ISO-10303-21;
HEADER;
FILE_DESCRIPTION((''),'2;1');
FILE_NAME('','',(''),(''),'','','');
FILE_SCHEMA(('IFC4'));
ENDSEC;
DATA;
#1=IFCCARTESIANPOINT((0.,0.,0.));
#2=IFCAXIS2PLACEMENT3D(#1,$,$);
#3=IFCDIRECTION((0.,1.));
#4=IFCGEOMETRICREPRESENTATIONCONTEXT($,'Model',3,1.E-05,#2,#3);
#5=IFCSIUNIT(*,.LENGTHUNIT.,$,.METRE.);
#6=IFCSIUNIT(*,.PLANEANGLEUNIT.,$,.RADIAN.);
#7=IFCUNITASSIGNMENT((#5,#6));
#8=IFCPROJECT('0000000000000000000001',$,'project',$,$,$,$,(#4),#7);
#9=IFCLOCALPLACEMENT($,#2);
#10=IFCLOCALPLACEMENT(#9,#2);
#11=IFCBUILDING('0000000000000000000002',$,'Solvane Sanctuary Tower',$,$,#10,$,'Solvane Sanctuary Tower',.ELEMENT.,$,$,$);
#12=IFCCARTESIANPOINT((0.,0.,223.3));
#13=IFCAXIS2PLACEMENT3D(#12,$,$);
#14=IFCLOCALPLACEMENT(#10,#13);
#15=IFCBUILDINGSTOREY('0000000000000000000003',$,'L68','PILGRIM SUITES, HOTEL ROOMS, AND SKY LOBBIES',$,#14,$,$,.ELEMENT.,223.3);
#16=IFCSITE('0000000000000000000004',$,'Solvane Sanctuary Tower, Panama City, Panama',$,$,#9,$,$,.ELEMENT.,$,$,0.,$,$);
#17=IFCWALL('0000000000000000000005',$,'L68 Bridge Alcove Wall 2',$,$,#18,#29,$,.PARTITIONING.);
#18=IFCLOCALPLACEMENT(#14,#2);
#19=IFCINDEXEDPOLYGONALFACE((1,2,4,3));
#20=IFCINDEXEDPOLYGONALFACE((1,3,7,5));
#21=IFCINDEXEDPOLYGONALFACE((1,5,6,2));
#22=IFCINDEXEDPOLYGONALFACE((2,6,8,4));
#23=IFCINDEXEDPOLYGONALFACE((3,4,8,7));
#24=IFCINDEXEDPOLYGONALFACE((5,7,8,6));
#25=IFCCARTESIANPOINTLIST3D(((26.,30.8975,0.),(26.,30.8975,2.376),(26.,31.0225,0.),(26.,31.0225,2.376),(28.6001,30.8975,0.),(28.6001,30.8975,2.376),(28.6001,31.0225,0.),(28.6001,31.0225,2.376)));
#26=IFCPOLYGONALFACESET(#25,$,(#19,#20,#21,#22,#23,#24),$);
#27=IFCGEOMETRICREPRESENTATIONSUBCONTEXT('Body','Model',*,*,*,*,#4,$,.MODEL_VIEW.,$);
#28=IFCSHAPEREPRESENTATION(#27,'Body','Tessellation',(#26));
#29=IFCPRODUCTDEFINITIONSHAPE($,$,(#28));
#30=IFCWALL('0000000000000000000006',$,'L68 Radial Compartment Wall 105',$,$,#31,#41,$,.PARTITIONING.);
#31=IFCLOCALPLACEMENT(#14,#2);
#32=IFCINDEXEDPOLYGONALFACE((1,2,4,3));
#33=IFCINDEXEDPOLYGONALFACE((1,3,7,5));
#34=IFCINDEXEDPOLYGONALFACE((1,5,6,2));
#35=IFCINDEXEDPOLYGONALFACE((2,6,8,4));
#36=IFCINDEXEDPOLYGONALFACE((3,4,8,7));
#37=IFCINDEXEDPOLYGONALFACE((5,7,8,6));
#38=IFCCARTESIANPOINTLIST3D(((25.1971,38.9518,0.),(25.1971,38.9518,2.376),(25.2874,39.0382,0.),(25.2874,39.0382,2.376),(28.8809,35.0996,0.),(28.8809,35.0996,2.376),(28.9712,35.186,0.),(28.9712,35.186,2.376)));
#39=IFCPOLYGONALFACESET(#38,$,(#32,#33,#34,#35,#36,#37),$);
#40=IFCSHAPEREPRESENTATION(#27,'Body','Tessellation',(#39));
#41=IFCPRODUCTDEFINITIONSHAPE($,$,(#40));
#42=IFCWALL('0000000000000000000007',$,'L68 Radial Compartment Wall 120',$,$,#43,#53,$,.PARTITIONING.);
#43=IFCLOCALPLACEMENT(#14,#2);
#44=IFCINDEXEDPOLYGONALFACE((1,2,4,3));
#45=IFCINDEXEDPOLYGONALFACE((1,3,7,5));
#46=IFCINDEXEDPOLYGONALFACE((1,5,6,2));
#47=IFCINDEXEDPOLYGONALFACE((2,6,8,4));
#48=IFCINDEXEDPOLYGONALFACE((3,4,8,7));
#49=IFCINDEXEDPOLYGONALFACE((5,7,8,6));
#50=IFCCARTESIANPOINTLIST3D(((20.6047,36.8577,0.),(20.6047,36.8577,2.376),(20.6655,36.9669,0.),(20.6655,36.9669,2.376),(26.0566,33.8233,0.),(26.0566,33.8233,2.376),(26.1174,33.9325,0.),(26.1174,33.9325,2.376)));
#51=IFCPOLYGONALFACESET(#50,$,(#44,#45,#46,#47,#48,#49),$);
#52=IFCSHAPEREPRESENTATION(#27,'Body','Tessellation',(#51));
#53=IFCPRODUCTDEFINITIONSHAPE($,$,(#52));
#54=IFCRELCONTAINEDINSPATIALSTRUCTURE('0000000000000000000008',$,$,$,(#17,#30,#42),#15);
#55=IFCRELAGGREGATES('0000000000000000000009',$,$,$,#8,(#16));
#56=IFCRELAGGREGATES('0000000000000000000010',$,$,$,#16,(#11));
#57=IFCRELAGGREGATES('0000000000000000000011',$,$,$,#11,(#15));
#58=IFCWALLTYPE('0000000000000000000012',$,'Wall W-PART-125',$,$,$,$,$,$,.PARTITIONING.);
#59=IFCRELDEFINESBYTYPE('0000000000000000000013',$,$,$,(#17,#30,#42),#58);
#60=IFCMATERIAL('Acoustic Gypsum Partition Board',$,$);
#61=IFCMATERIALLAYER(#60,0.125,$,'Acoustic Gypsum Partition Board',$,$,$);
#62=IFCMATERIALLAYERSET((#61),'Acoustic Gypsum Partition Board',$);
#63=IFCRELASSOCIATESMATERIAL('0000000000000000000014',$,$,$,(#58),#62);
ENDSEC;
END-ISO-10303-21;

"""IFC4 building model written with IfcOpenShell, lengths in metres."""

from ifc_helpers import new_model, si_unit, direction, frame, frame_2d, origin, place, context, subcontext, project, spatial, rectangle, extrude, material, layer, layer_set, type_object, element, save


model = new_model("IFC4")

# Units and contexts
model_context = context("Model", 3, precision=1e-05, world=origin(), true_north=direction((0.0, 1.0)))
body_context = subcontext(model_context, "Body", "Model", "MODEL_VIEW")
ifc_project = project(units=[si_unit("LENGTHUNIT", "METRE"), si_unit("PLANEANGLEUNIT", "RADIAN")], contexts=[model_context])

# Site, building, storey
site_placement = place(None, origin())
site = spatial("IfcSite", under=ifc_project, at=site_placement, Name="Solvane Sanctuary Tower, Panama City, Panama", CompositionType="ELEMENT", RefElevation=0.0)
building_placement = place(site_placement, origin())
building = spatial("IfcBuilding", under=site, at=building_placement, Name="Solvane Sanctuary Tower", LongName="Solvane Sanctuary Tower", CompositionType="ELEMENT")
storey_placement = place(building_placement, frame((0.0, 0.0, 223.3)))
storey = spatial("IfcBuildingStorey", under=building, at=storey_placement, Name="L68", Description="PILGRIM SUITES, HOTEL ROOMS, AND SKY LOBBIES", CompositionType="ELEMENT", Elevation=223.3)

# Shared definitions
ifc_material_1 = material(Name="Acoustic Gypsum Partition Board")

# Walls
ifc_layer_1 = layer(ifc_material_1, 0.125, Name="Acoustic Gypsum Partition Board")
ifc_layer_set_1 = layer_set([ifc_layer_1], Name="Acoustic Gypsum Partition Board")
wall_type_1 = type_object("IfcWallType", Name="Wall W-PART-125", PredefinedType="PARTITIONING", material=ifc_layer_set_1)
wall_1_placement = place(storey_placement, frame((26.0, 30.96, 0.0), z_axis=(0.0, 0.0, 1.0), x_axis=(1.0, 0.0, 0.0)))
element("IfcWall", 1, at=wall_1_placement, inside=storey, type_object=wall_type_1, Name="L68 Bridge Alcove Wall 2", PredefinedType="PARTITIONING", context=body_context, shape_type="SweptSolid", body=[
    extrude(rectangle(XDim=2.6001, YDim=0.125, at=frame_2d((1.3, 0.0))), origin(), (0.0, 0.0, 1.0), 2.376),
])
wall_2_placement = place(storey_placement, frame((28.926, 35.1428, 0.0), z_axis=(0.0, 0.0, 1.0), x_axis=(-0.691128, 0.722732, 0.0)))
element("IfcWall", 2, at=wall_2_placement, inside=storey, type_object=wall_type_1, Name="L68 Radial Compartment Wall 105", PredefinedType="PARTITIONING", context=body_context, shape_type="SweptSolid", body=[
    extrude(rectangle(XDim=5.3301, YDim=0.125, at=frame_2d((2.665, 0.0))), origin(), (0.0, 0.0, 1.0), 2.376),
])
wall_3_placement = place(storey_placement, frame((26.0869, 33.8779, 0.0), z_axis=(0.0, 0.0, 1.0), x_axis=(-0.873777, 0.486327, 0.0)))
element("IfcWall", 3, at=wall_3_placement, inside=storey, type_object=wall_type_1, Name="L68 Radial Compartment Wall 120", PredefinedType="PARTITIONING", context=body_context, shape_type="SweptSolid", body=[
    extrude(rectangle(XDim=6.2395, YDim=0.125, at=frame_2d((3.1196, 0.0))), origin(), (0.0, 0.0, 1.0), 2.376),
])

save(model, "model.ifc")
